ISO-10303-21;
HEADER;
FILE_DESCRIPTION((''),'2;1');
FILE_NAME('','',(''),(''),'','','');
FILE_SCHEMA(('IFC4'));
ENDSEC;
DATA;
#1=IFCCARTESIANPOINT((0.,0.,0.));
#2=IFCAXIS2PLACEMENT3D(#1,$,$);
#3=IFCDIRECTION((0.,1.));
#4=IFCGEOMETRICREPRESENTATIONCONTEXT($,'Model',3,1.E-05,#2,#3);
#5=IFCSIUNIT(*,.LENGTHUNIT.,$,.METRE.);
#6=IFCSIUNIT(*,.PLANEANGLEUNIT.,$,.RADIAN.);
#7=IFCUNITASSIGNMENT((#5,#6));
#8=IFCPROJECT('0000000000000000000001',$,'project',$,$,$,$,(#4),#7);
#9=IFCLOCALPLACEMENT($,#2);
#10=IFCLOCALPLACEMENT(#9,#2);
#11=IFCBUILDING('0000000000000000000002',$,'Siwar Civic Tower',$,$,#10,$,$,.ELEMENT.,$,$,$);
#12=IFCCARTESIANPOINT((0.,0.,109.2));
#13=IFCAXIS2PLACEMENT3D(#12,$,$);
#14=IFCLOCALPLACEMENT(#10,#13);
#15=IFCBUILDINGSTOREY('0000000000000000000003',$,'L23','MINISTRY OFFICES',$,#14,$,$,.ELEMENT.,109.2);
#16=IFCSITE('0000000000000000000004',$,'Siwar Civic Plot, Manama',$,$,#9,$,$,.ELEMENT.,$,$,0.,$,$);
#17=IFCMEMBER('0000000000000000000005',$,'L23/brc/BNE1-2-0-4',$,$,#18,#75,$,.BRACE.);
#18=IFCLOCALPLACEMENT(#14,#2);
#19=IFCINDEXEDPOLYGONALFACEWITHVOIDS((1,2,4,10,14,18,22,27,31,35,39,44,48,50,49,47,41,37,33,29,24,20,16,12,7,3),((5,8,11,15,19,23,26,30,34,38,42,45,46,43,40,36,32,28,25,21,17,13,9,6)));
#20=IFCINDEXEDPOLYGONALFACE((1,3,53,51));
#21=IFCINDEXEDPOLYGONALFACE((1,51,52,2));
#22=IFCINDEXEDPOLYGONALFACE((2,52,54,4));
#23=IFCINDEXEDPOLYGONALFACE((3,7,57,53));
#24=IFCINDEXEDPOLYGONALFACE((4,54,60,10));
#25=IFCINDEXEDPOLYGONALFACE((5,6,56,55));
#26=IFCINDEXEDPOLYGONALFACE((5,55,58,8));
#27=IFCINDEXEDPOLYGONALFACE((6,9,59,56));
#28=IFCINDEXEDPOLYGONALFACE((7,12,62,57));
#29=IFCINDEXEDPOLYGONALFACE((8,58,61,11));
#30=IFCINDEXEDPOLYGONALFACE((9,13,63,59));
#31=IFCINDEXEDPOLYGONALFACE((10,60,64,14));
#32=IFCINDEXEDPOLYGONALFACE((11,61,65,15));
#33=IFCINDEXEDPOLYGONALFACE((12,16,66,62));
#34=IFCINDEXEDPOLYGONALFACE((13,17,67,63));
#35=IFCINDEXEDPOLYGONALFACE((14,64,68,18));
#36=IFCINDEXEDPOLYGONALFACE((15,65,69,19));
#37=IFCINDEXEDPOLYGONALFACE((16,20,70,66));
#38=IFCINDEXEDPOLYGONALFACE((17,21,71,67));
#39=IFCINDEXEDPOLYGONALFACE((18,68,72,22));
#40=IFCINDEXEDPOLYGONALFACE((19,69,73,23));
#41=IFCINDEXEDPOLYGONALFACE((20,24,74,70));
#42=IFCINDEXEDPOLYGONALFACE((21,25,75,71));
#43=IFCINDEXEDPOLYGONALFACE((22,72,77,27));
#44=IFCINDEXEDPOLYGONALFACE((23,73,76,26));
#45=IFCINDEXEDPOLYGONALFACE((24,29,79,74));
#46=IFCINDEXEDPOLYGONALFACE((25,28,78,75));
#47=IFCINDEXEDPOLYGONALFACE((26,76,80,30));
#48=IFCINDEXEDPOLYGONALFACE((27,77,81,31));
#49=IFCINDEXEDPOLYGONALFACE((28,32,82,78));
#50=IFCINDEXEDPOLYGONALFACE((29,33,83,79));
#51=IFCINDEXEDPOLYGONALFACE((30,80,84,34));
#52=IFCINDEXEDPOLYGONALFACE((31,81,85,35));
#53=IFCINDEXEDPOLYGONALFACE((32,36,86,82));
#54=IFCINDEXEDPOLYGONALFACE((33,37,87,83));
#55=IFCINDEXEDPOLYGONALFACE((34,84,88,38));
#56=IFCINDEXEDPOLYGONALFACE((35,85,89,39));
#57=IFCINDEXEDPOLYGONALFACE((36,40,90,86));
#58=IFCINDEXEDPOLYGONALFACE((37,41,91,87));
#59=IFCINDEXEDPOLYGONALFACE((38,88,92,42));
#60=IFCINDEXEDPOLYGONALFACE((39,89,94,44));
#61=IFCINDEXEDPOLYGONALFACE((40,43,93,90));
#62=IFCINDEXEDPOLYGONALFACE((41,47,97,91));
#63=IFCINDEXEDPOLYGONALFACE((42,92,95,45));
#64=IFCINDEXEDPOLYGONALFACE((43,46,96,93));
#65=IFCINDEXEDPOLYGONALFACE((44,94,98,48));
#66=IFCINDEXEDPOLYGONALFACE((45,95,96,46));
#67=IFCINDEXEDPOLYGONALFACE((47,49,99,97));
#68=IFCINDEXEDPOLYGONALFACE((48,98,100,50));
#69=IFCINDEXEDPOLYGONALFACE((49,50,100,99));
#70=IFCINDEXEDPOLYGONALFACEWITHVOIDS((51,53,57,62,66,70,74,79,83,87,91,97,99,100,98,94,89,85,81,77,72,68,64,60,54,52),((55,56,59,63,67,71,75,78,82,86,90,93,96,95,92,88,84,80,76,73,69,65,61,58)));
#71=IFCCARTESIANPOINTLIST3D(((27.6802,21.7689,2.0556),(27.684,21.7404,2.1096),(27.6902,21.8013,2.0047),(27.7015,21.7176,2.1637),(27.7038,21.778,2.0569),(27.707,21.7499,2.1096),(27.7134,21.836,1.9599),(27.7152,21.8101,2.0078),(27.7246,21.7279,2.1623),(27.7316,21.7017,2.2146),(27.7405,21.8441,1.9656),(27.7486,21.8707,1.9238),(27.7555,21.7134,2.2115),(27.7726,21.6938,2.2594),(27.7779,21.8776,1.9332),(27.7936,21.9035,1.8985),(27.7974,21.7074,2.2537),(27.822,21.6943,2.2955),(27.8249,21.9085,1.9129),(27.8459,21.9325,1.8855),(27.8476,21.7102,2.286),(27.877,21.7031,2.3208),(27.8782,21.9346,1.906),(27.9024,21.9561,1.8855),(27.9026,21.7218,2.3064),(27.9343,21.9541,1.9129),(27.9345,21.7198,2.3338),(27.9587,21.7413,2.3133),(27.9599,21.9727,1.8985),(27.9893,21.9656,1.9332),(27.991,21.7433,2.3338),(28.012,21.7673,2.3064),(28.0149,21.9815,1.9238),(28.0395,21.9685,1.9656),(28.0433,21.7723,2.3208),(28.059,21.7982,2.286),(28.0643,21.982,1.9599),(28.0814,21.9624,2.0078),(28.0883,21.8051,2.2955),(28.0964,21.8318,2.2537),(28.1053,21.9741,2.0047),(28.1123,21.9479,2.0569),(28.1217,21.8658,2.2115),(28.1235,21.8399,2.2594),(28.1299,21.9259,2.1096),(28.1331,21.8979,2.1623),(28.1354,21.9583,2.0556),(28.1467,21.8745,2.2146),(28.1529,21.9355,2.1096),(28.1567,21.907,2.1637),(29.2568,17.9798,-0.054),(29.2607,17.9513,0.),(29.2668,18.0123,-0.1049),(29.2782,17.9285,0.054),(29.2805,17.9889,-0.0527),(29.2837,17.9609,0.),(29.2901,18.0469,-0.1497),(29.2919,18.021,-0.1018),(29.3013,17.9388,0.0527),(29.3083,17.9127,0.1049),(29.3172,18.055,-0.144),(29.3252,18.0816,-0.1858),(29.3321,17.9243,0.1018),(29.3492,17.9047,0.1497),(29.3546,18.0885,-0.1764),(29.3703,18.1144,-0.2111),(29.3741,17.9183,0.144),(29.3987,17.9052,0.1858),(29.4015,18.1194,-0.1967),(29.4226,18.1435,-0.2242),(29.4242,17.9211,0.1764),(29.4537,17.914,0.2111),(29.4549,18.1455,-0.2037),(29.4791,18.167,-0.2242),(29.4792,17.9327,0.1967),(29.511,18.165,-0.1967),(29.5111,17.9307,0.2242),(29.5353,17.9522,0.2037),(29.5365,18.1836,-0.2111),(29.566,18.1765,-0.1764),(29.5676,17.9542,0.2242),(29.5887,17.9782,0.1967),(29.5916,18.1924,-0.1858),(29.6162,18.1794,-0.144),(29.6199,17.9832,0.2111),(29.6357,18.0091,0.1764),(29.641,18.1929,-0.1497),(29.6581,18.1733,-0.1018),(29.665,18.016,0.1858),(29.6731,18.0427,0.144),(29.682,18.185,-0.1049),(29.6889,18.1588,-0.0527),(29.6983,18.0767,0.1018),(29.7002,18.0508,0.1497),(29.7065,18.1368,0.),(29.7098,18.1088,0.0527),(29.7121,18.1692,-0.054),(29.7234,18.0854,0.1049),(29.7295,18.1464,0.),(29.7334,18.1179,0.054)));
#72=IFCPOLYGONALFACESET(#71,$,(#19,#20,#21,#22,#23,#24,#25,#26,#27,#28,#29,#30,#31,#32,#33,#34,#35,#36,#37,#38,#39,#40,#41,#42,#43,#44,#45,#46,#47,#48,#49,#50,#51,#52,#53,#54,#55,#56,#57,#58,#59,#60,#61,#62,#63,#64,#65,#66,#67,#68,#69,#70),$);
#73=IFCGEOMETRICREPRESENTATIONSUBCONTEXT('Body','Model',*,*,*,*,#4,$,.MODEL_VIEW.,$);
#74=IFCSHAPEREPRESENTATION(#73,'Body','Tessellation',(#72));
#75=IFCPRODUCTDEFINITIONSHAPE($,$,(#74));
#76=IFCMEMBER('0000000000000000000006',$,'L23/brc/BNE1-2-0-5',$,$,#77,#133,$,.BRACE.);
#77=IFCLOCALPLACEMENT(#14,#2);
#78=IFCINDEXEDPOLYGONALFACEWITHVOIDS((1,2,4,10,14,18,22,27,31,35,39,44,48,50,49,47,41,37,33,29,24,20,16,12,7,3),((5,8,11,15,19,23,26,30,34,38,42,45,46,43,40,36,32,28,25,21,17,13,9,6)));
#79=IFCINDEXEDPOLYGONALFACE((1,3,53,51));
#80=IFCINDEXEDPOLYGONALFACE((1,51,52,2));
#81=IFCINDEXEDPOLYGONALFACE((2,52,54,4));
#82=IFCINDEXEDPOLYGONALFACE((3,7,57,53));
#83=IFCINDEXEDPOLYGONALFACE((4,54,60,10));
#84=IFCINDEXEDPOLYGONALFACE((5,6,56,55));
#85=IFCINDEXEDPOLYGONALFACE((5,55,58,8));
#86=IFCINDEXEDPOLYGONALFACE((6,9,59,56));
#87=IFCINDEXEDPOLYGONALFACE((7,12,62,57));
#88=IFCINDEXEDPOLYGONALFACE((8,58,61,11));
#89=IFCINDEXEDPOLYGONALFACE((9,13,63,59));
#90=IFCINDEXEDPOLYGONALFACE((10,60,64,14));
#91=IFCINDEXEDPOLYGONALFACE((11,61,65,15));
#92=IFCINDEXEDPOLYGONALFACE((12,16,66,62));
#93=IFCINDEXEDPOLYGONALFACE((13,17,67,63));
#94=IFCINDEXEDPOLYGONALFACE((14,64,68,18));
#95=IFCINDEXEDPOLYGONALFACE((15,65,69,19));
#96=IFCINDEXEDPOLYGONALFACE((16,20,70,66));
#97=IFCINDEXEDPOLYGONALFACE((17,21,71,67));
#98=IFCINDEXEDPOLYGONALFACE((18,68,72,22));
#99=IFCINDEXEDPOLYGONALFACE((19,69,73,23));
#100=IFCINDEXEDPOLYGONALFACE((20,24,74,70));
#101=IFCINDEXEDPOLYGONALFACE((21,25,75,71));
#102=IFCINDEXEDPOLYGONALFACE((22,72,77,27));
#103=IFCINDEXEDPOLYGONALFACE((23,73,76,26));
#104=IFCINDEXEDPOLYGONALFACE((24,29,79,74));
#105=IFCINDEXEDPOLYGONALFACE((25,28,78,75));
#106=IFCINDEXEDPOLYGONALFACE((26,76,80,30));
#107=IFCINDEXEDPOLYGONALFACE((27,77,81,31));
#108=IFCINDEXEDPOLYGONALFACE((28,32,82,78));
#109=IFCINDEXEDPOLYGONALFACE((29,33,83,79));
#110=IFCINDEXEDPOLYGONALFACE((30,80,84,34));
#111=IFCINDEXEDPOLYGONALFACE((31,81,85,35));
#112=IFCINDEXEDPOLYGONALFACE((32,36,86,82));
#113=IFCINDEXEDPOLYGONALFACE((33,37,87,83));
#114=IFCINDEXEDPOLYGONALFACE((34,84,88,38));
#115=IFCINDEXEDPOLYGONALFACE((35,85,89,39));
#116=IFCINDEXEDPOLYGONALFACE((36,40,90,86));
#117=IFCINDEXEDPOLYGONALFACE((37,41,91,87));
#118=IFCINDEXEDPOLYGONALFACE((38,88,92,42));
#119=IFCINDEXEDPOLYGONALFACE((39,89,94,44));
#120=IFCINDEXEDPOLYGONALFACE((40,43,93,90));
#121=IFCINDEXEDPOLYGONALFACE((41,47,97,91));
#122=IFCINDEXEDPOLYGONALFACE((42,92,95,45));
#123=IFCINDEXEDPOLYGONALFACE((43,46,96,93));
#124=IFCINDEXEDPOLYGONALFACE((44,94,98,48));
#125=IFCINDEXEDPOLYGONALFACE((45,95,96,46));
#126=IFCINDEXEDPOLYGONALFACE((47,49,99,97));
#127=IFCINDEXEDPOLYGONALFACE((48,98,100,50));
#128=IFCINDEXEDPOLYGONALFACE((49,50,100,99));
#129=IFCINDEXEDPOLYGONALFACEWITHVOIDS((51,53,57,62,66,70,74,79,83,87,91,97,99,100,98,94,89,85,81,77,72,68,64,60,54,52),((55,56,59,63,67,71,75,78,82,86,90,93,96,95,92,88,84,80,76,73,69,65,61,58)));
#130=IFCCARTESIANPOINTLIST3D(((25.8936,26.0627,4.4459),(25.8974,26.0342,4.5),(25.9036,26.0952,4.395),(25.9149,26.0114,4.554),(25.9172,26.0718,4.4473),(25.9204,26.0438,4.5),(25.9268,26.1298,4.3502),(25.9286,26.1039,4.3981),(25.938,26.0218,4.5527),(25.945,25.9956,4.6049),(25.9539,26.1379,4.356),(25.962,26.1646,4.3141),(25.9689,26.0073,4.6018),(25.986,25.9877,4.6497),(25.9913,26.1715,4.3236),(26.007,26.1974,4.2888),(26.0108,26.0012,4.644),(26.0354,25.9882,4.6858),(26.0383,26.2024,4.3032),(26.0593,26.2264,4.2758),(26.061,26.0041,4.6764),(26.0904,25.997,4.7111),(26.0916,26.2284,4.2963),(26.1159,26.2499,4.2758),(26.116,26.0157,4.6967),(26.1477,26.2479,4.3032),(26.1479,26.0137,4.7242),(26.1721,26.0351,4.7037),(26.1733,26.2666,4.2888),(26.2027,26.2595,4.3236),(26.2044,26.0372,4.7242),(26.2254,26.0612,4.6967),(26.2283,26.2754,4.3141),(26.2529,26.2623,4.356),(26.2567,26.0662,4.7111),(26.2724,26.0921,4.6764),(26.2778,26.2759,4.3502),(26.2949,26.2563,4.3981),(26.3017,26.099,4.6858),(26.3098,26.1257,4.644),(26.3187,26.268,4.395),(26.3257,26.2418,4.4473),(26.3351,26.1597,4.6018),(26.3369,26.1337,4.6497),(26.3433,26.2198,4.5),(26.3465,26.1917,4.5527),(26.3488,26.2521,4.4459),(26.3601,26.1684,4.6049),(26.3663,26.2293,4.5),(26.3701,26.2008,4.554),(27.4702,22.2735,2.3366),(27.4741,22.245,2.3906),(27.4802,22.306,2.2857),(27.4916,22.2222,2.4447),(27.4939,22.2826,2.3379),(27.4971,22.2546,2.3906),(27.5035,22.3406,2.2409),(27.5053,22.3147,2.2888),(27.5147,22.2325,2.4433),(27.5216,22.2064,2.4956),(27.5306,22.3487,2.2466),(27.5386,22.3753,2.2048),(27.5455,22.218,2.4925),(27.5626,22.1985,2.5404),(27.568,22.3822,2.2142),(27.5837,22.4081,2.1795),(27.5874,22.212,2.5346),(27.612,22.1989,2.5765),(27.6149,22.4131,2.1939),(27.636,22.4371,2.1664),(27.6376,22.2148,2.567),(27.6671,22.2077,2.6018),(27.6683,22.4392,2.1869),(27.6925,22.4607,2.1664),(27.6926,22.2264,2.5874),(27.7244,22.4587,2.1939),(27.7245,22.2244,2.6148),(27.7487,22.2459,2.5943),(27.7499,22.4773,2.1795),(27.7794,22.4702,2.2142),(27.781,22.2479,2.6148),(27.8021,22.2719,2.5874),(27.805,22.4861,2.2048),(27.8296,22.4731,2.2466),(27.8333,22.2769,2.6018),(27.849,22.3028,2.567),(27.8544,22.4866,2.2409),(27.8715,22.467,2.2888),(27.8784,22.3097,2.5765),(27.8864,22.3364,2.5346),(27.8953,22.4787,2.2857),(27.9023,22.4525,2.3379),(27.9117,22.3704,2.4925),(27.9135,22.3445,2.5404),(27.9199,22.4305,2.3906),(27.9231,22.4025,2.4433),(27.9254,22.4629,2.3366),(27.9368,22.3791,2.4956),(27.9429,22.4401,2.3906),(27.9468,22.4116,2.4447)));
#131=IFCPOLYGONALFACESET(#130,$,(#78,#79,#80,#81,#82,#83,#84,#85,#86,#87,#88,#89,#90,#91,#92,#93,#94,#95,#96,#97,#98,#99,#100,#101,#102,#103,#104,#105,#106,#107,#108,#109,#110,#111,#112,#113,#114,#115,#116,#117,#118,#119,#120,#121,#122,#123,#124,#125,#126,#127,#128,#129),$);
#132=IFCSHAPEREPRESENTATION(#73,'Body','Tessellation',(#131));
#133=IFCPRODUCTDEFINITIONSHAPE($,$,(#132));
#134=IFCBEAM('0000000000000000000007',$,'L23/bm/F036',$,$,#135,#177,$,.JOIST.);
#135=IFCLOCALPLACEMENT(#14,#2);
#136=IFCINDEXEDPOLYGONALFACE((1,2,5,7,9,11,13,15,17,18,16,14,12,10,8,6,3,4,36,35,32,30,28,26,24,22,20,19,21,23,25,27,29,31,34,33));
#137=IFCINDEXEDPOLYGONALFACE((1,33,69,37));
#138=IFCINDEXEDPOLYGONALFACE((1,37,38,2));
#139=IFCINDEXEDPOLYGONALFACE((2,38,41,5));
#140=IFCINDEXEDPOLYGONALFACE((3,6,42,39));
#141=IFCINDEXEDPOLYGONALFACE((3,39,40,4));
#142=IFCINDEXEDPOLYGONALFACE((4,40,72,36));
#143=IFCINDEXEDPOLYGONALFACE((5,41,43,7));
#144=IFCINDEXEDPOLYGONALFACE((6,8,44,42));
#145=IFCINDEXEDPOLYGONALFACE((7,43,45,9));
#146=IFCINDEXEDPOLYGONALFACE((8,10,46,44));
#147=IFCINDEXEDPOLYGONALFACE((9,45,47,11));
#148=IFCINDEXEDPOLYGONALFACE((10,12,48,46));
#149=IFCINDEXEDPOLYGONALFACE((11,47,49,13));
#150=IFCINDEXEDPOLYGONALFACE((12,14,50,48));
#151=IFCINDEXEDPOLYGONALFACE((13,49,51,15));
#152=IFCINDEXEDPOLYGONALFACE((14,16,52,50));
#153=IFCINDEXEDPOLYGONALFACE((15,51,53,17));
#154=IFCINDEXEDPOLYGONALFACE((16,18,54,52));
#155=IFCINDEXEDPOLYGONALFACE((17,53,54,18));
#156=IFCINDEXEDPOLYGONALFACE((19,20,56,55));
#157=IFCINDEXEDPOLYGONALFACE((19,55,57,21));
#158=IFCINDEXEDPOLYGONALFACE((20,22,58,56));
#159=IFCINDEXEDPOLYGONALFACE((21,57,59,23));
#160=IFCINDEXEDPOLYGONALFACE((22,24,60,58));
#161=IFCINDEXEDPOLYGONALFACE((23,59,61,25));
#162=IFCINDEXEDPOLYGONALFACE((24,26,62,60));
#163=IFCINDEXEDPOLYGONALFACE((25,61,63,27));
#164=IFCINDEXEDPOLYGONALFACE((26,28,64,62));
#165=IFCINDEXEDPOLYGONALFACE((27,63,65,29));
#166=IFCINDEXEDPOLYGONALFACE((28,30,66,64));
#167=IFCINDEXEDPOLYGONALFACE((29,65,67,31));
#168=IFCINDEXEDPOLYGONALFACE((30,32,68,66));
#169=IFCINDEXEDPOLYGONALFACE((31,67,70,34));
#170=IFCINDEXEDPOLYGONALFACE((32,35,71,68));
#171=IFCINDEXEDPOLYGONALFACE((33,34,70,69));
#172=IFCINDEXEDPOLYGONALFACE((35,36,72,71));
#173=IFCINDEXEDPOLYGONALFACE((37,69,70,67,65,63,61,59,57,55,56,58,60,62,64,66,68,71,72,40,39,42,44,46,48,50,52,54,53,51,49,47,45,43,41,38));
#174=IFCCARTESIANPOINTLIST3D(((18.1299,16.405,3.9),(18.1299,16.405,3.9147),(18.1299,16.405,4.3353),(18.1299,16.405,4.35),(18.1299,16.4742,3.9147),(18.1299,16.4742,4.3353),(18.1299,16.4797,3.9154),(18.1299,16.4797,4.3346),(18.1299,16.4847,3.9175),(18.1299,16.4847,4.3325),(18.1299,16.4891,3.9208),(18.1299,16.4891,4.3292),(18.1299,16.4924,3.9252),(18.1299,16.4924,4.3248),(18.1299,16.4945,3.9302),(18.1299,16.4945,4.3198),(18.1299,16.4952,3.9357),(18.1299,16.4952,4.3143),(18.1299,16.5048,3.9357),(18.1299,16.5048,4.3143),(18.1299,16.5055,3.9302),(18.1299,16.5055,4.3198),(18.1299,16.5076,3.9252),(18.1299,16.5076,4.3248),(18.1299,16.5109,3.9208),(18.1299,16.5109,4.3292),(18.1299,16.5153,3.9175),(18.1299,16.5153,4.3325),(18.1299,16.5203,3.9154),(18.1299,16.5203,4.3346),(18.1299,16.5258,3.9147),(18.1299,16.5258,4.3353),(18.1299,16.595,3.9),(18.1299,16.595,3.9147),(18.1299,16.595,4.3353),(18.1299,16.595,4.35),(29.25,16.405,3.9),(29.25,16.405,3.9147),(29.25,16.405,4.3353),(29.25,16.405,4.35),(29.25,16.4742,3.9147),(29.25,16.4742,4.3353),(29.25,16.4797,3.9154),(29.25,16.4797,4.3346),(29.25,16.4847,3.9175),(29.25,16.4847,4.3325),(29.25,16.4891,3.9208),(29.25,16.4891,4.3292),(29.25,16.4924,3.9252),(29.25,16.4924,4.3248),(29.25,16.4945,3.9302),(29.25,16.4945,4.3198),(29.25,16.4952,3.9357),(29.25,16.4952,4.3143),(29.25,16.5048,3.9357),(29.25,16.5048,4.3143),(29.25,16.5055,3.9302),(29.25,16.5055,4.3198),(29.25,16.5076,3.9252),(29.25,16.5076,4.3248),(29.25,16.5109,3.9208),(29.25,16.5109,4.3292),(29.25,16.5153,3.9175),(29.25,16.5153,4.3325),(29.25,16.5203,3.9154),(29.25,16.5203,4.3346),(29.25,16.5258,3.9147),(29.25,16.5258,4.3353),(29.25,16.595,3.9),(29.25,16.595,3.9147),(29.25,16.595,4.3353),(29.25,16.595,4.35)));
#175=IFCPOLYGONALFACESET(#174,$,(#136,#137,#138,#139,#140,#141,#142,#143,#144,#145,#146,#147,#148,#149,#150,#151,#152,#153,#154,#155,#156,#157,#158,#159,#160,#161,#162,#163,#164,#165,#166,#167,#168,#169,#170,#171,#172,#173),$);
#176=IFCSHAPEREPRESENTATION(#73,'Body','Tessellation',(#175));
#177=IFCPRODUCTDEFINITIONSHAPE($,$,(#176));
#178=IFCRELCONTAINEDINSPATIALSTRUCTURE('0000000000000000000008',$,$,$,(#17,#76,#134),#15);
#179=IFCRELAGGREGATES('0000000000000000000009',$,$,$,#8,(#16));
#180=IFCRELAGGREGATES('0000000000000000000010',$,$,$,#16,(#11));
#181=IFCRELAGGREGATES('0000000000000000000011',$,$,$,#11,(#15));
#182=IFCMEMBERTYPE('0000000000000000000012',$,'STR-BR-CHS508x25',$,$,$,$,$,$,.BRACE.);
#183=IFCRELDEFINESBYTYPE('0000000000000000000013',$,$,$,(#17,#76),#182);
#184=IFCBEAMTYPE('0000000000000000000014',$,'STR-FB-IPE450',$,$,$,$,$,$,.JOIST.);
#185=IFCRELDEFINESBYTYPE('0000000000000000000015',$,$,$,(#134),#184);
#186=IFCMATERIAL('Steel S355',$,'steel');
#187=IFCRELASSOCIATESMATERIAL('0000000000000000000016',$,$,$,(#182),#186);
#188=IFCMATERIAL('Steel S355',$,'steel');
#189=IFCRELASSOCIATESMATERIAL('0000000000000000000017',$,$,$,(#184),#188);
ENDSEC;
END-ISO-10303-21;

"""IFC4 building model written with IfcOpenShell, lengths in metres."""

from ifc_helpers import new_model, si_unit, direction, frame, origin, origin_2d, place, context, subcontext, project, spatial, hollow_circle, i_section, extrude, material, material_profile, profile_set, type_object, element, save


model = new_model("IFC4")

# Units and contexts
model_context = context("Model", 3, precision=1e-05, world=origin(), true_north=direction((0.0, 1.0)))
body_context = subcontext(model_context, "Body", "Model", "MODEL_VIEW")
ifc_project = project(units=[si_unit("LENGTHUNIT", "METRE"), si_unit("PLANEANGLEUNIT", "RADIAN")], contexts=[model_context])

# Site, building, storey
site_placement = place(None, origin())
site = spatial("IfcSite", under=ifc_project, at=site_placement, Name="Siwar Civic Plot, Manama", CompositionType="ELEMENT", RefElevation=0.0)
building_placement = place(site_placement, origin())
building = spatial("IfcBuilding", under=site, at=building_placement, Name="Siwar Civic Tower", CompositionType="ELEMENT")
storey_placement = place(building_placement, frame((0.0, 0.0, 109.2)))
storey = spatial("IfcBuildingStorey", under=building, at=storey_placement, Name="L23", Description="MINISTRY OFFICES", CompositionType="ELEMENT", Elevation=109.2)

# Members
ifc_material_1 = material(Name="Steel S355", Category="steel")
ifc_material_profile_1 = material_profile(ifc_material_1, hollow_circle(Radius=0.2539, WallThickness=0.0249, at=origin_2d()), Name="CHS508x25")
ifc_profile_set_1 = profile_set([ifc_material_profile_1], Name="Steel S355")
member_type_1 = type_object("IfcMemberType", Name="STR-BR-CHS508x25", PredefinedType="BRACE", material=ifc_profile_set_1)
for number, where, z_axis, x_axis, name in (
    (1, (29.4951, 18.0488, 0.0), (-0.341677, 0.821126, 0.457175), (-0.92326, -0.384176, 0.0), "L23/brc/BNE1-2-0-4"),
    (2, (27.7085, 22.3425, 2.3906), (-0.341671, 0.821163, 0.457113), (-0.923269, -0.384155, 0.0), "L23/brc/BNE1-2-0-5"),
):
    element("IfcMember", number, at=place(storey_placement, frame(where, z_axis=z_axis, x_axis=x_axis)), inside=storey, type_object=member_type_1, Name=name, PredefinedType="BRACE", context=body_context, shape_type="SweptSolid", body=[
        extrude(hollow_circle(Radius=0.2539, WallThickness=0.0249, at=origin_2d()), origin(), (0.0, 0.0, 1.0), 4.6145),
    ])

# Beam
ifc_material_2 = material(Name="Steel S355", Category="steel")
ifc_material_profile_2 = material_profile(ifc_material_2, i_section(OverallWidth=0.1899, OverallDepth=0.45, WebThickness=0.0095, FlangeThickness=0.0146, FilletRadius=0.021, at=origin_2d()), Name="IPE450")
ifc_profile_set_2 = profile_set([ifc_material_profile_2], Name="Steel S355")
beam_type_1 = type_object("IfcBeamType", Name="STR-FB-IPE450", PredefinedType="JOIST", material=ifc_profile_set_2)
beam_1_placement = place(storey_placement, frame((18.1299, 16.5, 4.125), z_axis=(1.0, 0.0, 0.0), x_axis=(0.0, 1.0, 0.0)))
element("IfcBeam", 3, at=beam_1_placement, inside=storey, type_object=beam_type_1, Name="L23/bm/F036", PredefinedType="JOIST", context=body_context, shape_type="SweptSolid", body=[
    extrude(i_section(OverallWidth=0.1899, OverallDepth=0.45, WebThickness=0.0095, FlangeThickness=0.0146, FilletRadius=0.021, at=origin_2d()), origin(), (0.0, 0.0, 1.0), 11.1201),
])

save(model, "model.ifc")
